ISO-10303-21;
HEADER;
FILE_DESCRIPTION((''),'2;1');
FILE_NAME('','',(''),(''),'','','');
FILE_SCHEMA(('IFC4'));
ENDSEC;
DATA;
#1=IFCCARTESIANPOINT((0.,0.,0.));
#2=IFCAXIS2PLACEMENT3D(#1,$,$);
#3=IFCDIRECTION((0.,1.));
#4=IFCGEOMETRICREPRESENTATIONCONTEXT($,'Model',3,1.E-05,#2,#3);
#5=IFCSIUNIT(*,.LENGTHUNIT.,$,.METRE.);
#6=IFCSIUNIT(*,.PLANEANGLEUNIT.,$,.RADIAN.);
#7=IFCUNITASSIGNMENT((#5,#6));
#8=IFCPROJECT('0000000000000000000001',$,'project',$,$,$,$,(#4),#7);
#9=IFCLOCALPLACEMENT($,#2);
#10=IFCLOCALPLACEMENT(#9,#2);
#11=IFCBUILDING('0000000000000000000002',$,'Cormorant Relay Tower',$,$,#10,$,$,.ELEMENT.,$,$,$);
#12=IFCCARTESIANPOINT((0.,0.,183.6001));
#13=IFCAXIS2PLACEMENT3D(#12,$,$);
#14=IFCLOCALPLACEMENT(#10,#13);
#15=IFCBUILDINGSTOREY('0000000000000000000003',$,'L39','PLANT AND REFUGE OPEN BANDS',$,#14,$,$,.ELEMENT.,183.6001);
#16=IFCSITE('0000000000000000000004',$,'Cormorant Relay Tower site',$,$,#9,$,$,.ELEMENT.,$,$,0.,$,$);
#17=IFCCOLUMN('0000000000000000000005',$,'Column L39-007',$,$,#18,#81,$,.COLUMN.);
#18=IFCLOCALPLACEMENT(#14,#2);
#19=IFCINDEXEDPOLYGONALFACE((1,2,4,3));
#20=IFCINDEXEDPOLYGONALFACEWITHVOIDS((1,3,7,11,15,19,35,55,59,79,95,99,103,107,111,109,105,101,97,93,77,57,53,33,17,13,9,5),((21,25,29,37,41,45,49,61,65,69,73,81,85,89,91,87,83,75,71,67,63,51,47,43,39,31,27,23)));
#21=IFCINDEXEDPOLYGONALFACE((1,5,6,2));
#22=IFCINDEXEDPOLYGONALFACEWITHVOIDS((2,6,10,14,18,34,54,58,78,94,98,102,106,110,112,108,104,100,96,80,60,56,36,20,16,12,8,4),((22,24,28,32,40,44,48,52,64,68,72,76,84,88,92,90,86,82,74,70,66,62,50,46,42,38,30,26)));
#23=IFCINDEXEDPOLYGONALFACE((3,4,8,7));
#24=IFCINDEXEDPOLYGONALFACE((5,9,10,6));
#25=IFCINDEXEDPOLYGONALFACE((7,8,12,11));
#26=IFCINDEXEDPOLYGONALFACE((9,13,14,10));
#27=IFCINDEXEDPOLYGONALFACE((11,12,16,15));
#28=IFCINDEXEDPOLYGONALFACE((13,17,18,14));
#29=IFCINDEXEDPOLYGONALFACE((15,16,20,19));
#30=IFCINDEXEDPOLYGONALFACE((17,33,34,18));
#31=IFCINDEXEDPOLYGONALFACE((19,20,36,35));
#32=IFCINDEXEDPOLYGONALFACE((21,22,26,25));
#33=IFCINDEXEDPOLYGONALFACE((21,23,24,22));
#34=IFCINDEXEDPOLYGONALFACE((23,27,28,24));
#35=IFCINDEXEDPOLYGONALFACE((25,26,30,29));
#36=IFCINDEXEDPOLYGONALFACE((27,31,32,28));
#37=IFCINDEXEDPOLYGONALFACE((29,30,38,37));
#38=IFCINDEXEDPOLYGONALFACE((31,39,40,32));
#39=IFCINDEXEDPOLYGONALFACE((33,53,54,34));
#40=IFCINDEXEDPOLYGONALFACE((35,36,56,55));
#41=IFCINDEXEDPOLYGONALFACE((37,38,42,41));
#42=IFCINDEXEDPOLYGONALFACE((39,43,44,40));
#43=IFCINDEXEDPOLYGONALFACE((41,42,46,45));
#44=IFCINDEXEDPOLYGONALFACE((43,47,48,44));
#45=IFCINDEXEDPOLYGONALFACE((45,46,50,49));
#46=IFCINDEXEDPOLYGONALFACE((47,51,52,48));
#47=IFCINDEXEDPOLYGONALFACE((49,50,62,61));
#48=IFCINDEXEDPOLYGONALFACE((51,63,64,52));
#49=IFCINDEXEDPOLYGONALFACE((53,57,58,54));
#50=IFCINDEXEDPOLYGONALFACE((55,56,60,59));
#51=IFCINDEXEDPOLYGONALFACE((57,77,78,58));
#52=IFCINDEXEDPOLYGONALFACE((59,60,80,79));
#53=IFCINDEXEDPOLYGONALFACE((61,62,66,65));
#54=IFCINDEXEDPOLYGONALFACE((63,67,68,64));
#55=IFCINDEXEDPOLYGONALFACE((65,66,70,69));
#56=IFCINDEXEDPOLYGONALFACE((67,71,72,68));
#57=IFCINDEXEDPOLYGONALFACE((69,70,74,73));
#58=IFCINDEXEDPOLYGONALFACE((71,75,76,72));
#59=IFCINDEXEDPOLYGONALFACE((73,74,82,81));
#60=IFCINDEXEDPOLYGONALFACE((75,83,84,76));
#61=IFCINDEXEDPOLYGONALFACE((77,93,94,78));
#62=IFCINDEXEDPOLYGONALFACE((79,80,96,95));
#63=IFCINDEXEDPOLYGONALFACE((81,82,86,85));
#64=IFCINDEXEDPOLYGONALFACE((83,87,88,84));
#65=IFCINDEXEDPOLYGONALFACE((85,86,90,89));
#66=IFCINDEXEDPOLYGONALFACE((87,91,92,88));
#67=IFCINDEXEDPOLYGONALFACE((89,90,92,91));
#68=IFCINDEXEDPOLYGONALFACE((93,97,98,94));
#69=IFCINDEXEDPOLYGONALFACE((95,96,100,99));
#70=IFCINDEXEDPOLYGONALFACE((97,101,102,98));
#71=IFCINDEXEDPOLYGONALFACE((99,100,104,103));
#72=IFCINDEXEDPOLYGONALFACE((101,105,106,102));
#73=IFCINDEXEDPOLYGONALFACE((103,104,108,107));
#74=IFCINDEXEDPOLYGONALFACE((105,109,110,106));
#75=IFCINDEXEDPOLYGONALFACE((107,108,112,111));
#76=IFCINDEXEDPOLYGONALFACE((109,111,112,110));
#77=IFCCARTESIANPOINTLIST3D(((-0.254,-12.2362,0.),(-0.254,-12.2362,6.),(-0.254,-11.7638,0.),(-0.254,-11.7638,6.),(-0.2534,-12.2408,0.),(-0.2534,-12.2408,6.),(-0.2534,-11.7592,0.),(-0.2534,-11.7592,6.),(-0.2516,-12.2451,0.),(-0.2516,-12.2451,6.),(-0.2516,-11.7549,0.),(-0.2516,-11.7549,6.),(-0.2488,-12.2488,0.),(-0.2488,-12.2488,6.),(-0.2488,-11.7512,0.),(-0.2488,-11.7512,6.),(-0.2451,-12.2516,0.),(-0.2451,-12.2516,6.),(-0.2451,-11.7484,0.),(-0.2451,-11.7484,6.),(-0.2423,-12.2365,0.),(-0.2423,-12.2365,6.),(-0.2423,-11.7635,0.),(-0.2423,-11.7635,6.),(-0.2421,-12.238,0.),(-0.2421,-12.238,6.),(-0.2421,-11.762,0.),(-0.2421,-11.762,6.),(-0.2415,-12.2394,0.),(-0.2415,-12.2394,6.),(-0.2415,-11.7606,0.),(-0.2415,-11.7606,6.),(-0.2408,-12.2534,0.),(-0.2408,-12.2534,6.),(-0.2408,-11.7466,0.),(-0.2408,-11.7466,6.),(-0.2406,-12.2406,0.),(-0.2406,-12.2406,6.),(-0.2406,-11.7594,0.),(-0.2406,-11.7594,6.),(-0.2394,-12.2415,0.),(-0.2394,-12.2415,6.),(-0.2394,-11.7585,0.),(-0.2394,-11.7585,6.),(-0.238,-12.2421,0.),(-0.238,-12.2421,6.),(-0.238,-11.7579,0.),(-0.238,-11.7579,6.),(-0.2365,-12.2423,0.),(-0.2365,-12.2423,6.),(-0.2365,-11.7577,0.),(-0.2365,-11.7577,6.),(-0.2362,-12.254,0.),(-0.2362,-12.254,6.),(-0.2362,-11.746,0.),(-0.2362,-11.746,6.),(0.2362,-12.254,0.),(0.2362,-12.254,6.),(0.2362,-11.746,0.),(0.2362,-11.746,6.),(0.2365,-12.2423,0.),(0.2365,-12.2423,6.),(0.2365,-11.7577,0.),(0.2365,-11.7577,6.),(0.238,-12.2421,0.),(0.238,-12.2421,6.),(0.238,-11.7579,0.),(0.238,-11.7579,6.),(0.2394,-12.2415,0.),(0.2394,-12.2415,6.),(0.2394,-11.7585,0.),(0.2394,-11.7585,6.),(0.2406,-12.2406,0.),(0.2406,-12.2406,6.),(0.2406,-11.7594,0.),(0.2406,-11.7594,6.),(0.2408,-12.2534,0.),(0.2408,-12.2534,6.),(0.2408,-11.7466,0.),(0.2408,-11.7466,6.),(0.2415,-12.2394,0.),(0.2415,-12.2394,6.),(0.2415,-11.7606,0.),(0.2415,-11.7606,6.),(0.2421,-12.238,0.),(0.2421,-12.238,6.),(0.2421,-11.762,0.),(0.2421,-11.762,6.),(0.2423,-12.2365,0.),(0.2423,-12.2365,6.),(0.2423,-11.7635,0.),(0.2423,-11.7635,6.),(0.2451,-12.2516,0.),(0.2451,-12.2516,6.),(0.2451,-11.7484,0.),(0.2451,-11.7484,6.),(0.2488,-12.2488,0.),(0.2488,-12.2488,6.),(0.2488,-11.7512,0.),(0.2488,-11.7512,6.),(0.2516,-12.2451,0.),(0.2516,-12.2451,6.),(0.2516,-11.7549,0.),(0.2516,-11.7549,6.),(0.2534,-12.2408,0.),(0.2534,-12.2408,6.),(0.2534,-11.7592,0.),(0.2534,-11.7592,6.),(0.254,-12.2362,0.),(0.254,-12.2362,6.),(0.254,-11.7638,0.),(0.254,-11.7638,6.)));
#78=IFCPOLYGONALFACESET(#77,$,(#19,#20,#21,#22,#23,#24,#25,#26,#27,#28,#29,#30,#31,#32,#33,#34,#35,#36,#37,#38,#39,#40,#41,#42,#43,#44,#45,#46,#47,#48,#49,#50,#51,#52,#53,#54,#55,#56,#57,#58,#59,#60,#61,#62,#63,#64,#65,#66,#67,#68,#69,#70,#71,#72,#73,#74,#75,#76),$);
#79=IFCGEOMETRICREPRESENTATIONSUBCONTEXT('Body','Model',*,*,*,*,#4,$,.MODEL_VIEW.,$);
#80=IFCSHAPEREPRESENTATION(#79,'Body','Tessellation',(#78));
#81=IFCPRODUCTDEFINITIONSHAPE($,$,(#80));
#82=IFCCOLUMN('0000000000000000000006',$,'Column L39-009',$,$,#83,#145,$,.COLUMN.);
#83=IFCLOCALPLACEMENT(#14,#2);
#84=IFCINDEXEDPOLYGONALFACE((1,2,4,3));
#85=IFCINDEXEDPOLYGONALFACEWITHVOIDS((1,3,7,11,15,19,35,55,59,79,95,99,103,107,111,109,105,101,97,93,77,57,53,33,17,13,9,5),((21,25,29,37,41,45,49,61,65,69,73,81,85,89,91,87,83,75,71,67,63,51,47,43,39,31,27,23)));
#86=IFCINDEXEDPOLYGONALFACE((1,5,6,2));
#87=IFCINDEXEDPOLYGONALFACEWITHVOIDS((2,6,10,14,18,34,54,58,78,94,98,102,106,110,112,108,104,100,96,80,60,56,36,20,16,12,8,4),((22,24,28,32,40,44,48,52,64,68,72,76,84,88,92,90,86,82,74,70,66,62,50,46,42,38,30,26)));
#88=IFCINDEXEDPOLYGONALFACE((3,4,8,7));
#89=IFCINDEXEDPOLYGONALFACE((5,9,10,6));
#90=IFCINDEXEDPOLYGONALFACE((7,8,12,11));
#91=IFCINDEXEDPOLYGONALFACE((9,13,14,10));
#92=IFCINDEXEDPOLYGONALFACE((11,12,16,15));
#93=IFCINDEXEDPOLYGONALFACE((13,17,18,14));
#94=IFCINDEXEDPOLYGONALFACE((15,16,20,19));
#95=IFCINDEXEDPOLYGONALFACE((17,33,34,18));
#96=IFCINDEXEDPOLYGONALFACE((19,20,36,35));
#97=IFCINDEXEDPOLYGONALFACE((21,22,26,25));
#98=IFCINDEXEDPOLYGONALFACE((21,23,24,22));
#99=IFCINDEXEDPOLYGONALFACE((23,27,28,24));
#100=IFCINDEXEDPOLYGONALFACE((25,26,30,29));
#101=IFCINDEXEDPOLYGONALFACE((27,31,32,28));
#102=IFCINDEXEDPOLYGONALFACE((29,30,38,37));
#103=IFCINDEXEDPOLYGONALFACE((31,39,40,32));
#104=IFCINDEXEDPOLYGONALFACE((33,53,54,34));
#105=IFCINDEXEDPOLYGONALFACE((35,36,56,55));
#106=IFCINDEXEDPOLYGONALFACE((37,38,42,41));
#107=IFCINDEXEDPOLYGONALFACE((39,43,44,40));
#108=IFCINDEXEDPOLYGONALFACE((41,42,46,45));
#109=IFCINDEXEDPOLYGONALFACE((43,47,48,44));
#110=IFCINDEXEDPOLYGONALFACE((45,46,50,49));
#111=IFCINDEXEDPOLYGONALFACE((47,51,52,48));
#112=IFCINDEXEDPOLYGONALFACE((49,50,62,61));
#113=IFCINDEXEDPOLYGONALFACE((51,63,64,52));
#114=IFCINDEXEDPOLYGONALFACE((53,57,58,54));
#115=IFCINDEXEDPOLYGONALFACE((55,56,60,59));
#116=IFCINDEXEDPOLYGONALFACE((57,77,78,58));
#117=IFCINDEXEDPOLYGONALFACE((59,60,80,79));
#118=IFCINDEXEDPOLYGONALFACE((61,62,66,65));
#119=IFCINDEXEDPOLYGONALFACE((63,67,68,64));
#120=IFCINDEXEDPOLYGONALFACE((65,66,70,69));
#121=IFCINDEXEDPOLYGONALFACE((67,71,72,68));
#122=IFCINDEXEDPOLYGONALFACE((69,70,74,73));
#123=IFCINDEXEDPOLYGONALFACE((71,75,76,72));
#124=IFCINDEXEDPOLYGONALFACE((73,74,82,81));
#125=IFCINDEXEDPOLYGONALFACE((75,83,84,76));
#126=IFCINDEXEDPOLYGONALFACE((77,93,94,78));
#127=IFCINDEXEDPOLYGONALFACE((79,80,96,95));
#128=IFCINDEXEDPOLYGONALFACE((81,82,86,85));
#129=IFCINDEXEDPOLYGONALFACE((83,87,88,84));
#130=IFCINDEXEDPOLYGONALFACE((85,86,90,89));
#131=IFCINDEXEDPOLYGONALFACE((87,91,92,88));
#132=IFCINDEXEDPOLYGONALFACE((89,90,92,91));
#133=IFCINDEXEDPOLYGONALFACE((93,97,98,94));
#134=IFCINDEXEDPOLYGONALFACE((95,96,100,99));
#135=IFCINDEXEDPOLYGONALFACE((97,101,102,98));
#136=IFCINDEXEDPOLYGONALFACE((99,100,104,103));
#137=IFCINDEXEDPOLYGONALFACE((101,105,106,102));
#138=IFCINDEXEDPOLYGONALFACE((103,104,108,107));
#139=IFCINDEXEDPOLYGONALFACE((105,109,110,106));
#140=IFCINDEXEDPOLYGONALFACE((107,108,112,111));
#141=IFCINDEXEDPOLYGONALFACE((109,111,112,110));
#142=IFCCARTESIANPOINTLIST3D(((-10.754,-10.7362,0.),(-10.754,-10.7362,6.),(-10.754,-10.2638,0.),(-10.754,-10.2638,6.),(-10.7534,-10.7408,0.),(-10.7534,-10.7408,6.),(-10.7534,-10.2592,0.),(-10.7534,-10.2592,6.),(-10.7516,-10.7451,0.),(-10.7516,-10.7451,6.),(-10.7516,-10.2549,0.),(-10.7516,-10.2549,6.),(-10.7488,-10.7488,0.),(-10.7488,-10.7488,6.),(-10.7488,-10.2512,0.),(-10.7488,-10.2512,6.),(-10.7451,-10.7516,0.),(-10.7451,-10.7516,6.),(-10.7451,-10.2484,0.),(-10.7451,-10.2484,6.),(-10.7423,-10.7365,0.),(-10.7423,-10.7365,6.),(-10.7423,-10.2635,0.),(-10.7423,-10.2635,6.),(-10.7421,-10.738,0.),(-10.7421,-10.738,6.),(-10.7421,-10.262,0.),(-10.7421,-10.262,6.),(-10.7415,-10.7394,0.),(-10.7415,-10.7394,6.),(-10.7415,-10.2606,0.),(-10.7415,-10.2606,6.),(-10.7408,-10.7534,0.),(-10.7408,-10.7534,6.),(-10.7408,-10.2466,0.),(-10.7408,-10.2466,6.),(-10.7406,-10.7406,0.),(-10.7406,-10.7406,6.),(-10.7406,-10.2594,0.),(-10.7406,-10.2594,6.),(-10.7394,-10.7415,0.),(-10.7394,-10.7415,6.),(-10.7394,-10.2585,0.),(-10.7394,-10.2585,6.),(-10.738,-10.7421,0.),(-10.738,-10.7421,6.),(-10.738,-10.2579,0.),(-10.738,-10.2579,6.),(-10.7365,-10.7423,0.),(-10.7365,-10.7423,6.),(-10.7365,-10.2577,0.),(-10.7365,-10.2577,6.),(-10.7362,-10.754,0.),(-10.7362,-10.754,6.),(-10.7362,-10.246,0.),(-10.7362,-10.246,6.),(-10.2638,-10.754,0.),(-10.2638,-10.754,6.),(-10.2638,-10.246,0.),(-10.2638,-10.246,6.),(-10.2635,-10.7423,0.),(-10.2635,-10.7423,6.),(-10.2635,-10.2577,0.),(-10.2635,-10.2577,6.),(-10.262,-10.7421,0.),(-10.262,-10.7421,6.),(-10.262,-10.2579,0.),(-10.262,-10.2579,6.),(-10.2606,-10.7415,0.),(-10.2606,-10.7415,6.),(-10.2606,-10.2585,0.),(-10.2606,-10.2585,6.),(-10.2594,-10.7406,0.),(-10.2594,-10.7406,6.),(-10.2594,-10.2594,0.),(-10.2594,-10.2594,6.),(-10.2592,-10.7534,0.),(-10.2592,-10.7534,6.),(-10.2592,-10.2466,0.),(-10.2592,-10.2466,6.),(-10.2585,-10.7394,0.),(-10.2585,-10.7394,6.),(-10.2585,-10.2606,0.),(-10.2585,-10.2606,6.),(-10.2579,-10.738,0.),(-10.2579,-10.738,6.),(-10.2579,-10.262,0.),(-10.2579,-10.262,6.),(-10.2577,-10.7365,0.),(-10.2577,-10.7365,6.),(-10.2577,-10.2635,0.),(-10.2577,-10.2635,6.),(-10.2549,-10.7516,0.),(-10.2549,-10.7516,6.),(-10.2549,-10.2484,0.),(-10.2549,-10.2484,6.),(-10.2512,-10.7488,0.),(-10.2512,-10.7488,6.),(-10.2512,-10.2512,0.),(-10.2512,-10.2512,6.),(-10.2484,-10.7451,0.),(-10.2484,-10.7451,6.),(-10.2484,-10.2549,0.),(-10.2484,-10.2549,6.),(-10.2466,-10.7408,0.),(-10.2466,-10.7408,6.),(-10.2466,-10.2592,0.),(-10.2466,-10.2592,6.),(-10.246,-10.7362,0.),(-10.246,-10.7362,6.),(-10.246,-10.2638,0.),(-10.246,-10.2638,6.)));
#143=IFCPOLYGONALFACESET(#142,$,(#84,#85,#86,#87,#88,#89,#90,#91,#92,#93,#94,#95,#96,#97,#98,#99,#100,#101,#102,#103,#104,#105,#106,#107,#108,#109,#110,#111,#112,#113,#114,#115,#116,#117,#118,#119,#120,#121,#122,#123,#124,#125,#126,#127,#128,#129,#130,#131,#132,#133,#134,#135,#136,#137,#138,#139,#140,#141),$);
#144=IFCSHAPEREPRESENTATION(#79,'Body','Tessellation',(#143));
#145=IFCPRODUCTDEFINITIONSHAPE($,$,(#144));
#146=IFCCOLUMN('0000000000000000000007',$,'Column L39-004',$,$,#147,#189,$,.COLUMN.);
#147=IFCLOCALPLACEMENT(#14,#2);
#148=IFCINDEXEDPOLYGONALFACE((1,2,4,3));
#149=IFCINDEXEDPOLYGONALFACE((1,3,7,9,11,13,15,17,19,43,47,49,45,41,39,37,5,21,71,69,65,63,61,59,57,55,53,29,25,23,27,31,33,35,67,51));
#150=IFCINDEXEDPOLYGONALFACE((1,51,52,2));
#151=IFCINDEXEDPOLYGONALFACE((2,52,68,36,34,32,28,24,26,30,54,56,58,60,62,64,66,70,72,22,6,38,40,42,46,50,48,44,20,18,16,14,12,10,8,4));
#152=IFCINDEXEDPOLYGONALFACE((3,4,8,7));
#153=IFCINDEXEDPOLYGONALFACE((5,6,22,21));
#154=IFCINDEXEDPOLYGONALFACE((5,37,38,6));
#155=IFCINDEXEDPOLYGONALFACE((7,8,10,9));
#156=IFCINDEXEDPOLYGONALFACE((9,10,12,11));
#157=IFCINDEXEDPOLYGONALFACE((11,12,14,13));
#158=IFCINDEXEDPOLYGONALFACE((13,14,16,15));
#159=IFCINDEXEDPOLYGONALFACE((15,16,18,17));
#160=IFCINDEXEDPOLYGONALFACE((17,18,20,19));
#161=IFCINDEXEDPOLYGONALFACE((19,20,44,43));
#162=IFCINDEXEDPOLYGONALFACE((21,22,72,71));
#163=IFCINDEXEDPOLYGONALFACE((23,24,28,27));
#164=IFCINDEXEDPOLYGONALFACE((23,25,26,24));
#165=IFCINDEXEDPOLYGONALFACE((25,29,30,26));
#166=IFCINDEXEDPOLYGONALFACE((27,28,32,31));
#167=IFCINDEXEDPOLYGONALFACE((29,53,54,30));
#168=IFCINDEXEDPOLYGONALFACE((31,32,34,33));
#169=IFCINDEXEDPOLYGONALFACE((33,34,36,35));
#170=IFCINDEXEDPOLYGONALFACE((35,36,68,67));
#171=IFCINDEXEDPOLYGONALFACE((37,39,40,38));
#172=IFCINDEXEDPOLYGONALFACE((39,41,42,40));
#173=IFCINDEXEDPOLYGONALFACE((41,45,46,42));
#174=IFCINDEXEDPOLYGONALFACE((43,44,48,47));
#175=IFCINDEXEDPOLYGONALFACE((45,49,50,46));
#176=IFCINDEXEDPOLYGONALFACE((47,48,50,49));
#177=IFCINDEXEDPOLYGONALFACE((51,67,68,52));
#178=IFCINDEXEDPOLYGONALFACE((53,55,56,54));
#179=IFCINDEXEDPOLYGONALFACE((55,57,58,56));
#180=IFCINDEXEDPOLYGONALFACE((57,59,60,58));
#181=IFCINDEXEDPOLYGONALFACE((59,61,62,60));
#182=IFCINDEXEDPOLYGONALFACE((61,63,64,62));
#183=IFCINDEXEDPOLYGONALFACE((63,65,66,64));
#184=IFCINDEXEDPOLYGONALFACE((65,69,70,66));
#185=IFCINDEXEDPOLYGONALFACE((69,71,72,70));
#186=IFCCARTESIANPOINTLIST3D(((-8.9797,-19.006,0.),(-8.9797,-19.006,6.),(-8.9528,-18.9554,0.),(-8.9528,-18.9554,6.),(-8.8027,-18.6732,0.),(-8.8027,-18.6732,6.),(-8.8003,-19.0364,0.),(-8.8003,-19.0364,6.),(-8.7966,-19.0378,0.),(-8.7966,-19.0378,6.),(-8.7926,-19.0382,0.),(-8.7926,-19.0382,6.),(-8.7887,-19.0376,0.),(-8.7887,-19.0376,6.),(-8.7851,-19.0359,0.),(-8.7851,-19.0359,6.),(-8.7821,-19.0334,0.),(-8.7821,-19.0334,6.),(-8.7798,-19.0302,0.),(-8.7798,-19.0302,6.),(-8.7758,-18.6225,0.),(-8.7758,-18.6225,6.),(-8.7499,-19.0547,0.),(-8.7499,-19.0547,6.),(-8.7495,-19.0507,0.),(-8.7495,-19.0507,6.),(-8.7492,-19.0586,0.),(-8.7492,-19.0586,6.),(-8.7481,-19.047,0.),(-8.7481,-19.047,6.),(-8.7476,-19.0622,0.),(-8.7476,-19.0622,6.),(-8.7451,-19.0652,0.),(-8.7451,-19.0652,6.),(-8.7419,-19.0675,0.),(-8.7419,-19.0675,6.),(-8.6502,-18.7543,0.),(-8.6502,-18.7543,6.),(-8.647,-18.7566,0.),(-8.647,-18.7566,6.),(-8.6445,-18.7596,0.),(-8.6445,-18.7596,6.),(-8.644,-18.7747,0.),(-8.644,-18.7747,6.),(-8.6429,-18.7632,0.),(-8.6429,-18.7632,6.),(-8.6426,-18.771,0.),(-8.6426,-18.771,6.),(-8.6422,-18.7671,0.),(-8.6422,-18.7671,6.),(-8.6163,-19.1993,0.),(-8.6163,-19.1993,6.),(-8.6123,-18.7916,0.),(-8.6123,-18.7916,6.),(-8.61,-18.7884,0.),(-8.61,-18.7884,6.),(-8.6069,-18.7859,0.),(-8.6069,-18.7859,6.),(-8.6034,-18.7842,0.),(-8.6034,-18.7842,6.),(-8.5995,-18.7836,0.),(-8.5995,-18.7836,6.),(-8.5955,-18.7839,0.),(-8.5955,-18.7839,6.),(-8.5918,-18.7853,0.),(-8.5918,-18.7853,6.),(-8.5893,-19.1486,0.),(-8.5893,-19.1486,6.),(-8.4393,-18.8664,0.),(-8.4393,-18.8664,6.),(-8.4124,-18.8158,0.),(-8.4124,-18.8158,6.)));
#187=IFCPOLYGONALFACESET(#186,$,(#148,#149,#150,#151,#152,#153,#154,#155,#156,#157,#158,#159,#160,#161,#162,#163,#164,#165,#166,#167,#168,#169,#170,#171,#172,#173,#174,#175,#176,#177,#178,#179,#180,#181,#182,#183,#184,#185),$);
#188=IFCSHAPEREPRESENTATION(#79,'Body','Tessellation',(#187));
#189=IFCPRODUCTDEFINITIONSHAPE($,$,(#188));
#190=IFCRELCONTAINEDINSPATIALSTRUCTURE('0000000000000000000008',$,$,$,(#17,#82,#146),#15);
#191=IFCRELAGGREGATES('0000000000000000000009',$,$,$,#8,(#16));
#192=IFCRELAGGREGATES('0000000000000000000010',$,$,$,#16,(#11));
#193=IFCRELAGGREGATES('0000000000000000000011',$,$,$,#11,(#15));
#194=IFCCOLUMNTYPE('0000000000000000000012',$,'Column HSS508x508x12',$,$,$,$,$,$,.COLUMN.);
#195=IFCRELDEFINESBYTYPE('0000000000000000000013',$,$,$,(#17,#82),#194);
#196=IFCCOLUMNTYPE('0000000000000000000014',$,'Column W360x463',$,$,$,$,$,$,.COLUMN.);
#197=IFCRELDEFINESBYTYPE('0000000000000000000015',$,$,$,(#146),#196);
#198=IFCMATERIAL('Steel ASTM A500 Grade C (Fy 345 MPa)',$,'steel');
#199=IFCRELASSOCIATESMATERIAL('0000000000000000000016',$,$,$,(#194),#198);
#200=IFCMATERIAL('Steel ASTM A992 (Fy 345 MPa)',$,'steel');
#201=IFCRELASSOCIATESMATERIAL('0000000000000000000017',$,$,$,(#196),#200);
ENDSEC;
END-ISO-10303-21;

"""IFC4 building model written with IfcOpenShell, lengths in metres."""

from ifc_helpers import new_model, si_unit, direction, frame, origin, origin_2d, place, context, subcontext, project, spatial, hollow_rectangle, i_section, extrude, material, material_profile, profile_set, type_object, element, save


model = new_model("IFC4")

# Units and contexts
model_context = context("Model", 3, precision=1e-05, world=origin(), true_north=direction((0.0, 1.0)))
body_context = subcontext(model_context, "Body", "Model", "MODEL_VIEW")
ifc_project = project(units=[si_unit("LENGTHUNIT", "METRE"), si_unit("PLANEANGLEUNIT", "RADIAN")], contexts=[model_context])

# Site, building, storey
site_placement = place(None, origin())
site = spatial("IfcSite", under=ifc_project, at=site_placement, Name="Cormorant Relay Tower site", CompositionType="ELEMENT", RefElevation=0.0)
building_placement = place(site_placement, origin())
building = spatial("IfcBuilding", under=site, at=building_placement, Name="Cormorant Relay Tower", CompositionType="ELEMENT")
storey_placement = place(building_placement, frame((0.0, 0.0, 183.6001)))
storey = spatial("IfcBuildingStorey", under=building, at=storey_placement, Name="L39", Description="PLANT AND REFUGE OPEN BANDS", CompositionType="ELEMENT", Elevation=183.6001)

# Columns
ifc_material_1 = material(Name="Steel ASTM A500 Grade C (Fy 345 MPa)", Category="steel")
ifc_material_profile_1 = material_profile(ifc_material_1, hollow_rectangle(XDim=0.5081, YDim=0.5081, WallThickness=0.0117, InnerFilletRadius=0.0059, OuterFilletRadius=0.0178, at=origin_2d()), Name="HSS508x508x12")
ifc_profile_set_1 = profile_set([ifc_material_profile_1], Name="Steel ASTM A500 Grade C (Fy 345 MPa)")
column_type_1 = type_object("IfcColumnType", Name="Column HSS508x508x12", PredefinedType="COLUMN", material=ifc_profile_set_1)
for number, where, z_axis, x_axis, name in (
    (1, (0.0, -12.0, 0.0), (0.0, 0.0, 1.0), (1.0, 0.0, 0.0), "Column L39-007"),
    (2, (-10.5, -10.5, 0.0), (0.0, 0.0, 1.0), (1.0, 0.0, 0.0), "Column L39-009"),
):
    element("IfcColumn", number, at=place(storey_placement, frame(where, z_axis=z_axis, x_axis=x_axis)), inside=storey, type_object=column_type_1, Name=name, PredefinedType="COLUMN", context=body_context, shape_type="SweptSolid", body=[
        extrude(hollow_rectangle(XDim=0.5081, YDim=0.5081, WallThickness=0.0117, InnerFilletRadius=0.0059, OuterFilletRadius=0.0178, at=origin_2d()), origin(), (0.0, 0.0, 1.0), 6.0),
    ])
ifc_material_2 = material(Name="Steel ASTM A992 (Fy 345 MPa)", Category="steel")
ifc_material_profile_2 = material_profile(ifc_material_2, i_section(OverallWidth=0.4116, OverallDepth=0.4343, WebThickness=0.0359, FlangeThickness=0.0574, FilletRadius=0.0151, at=origin_2d()), Name="W360x463")
ifc_profile_set_2 = profile_set([ifc_material_profile_2], Name="Steel ASTM A992 (Fy 345 MPa)")
column_type_2 = type_object("IfcColumnType", Name="Column W360x463", PredefinedType="COLUMN", material=ifc_profile_set_2)
for number, where, z_axis, x_axis, name in (
    (3, (-8.696, -18.9109, 0.0), (0.0, 0.0, 1.0), (0.882948, -0.469472, 0.0), "Column L39-004"),
):
    element("IfcColumn", number, at=place(storey_placement, frame(where, z_axis=z_axis, x_axis=x_axis)), inside=storey, type_object=column_type_2, Name=name, PredefinedType="COLUMN", context=body_context, shape_type="SweptSolid", body=[
        extrude(i_section(OverallWidth=0.4116, OverallDepth=0.4343, WebThickness=0.0359, FlangeThickness=0.0574, FilletRadius=0.0151, at=origin_2d()), origin(), (0.0, 0.0, 1.0), 6.0),
    ])

save(model, "model.ifc")
